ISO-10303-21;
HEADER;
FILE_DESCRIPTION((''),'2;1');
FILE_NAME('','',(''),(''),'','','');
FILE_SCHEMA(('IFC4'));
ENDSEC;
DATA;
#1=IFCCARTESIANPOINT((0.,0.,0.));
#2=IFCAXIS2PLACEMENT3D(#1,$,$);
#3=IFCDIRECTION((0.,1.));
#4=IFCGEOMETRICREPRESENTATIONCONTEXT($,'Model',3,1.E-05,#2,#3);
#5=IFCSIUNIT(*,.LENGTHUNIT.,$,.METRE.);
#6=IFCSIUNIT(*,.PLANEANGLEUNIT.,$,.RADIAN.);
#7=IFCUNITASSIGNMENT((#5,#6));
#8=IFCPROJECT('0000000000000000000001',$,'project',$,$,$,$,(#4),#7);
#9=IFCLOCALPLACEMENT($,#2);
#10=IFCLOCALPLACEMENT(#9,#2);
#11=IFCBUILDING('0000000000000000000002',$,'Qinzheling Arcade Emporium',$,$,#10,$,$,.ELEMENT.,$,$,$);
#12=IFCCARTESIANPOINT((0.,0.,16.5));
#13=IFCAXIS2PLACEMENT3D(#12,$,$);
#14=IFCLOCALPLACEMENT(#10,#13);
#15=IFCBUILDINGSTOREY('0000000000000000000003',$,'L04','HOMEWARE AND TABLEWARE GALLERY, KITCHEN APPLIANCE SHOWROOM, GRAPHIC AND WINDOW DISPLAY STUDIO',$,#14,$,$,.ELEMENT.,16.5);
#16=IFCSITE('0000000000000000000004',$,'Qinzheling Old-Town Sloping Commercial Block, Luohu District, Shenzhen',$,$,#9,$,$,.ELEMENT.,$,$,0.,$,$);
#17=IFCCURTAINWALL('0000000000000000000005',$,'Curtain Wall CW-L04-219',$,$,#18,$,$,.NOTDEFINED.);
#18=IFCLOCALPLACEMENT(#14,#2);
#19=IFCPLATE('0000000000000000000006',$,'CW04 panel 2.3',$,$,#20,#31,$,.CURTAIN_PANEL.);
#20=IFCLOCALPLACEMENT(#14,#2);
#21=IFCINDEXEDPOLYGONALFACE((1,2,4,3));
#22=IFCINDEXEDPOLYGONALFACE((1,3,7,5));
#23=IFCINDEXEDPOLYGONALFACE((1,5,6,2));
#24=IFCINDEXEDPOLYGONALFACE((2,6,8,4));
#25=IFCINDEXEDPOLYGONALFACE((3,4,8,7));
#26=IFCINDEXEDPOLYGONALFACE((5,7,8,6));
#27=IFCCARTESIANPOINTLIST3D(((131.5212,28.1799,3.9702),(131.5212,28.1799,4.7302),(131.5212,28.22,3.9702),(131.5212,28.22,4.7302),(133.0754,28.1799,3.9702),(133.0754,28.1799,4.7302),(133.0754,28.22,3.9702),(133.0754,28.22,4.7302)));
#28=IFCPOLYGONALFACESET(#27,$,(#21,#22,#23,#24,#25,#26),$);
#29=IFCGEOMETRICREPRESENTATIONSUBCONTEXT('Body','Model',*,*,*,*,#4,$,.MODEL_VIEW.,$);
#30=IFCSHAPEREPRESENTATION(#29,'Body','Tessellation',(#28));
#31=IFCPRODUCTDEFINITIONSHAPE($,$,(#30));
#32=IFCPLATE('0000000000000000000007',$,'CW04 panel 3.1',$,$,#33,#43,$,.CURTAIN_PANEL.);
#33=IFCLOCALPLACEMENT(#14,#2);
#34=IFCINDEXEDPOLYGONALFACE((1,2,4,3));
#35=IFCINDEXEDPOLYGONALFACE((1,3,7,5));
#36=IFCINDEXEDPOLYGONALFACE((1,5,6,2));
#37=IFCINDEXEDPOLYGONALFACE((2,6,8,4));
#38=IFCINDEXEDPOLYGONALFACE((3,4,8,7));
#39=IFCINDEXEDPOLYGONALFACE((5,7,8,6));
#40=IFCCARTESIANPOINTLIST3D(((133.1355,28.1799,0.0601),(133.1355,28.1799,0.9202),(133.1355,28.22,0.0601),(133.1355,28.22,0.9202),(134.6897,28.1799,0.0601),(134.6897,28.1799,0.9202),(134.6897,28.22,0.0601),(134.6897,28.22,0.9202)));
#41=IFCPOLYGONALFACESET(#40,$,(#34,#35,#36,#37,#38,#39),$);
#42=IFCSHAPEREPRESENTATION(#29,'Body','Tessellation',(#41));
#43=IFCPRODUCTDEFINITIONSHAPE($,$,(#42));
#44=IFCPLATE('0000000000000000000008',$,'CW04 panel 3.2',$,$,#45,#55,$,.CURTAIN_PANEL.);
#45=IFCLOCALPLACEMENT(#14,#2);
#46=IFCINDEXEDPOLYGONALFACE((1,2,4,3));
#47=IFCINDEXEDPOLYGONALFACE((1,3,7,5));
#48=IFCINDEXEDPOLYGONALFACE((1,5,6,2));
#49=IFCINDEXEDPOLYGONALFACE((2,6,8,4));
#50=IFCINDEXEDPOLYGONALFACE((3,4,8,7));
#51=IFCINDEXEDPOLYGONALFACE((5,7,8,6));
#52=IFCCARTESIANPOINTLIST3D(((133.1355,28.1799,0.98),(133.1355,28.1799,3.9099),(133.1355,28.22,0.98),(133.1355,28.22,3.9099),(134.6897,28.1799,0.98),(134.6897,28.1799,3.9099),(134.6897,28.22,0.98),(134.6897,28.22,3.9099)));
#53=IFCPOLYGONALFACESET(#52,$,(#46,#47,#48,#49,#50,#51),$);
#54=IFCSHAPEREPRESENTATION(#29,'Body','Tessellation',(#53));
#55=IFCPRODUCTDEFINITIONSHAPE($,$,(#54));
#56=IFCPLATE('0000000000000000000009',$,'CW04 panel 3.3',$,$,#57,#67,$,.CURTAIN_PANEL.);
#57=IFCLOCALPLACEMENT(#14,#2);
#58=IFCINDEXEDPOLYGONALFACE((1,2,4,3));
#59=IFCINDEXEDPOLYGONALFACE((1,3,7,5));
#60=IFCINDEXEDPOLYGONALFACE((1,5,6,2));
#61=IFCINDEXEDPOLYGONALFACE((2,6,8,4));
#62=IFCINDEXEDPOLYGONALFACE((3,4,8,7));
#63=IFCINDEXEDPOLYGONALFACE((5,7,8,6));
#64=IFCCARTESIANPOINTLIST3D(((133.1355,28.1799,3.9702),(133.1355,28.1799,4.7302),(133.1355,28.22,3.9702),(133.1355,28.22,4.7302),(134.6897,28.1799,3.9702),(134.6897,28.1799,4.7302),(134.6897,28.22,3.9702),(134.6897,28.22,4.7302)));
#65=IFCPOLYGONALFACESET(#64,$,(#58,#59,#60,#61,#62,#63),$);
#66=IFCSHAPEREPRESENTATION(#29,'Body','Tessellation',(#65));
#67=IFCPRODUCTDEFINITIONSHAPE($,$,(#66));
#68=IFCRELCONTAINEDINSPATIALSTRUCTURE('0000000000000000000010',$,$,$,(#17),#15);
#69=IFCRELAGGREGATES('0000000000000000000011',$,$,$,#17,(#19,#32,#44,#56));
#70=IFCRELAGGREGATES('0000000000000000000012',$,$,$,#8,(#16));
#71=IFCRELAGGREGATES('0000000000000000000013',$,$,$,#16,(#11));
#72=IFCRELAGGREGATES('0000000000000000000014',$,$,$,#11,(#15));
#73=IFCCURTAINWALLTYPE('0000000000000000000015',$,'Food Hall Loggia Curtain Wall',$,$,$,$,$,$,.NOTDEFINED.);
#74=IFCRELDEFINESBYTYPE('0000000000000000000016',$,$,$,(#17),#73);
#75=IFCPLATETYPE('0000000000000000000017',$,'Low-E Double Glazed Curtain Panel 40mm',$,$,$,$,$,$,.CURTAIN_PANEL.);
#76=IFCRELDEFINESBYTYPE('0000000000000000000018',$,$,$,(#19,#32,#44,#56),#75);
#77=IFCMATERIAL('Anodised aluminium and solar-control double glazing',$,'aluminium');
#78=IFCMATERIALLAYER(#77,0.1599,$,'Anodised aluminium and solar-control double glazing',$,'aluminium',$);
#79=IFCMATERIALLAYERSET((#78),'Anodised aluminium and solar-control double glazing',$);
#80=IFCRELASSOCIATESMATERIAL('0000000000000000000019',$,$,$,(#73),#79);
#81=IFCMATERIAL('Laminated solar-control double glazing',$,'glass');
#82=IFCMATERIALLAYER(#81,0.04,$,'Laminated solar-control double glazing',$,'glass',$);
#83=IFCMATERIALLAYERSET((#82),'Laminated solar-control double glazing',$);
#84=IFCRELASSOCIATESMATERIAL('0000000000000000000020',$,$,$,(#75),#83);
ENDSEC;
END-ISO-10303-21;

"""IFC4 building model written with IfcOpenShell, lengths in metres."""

from ifc_helpers import new_model, si_unit, direction, frame, origin, origin_2d, place, context, subcontext, project, spatial, rectangle, extrude, material, layer, layer_set, type_object, element, aggregate, save


model = new_model("IFC4")

# Units and contexts
model_context = context("Model", 3, precision=1e-05, world=origin(), true_north=direction((0.0, 1.0)))
body_context = subcontext(model_context, "Body", "Model", "MODEL_VIEW")
ifc_project = project(units=[si_unit("LENGTHUNIT", "METRE"), si_unit("PLANEANGLEUNIT", "RADIAN")], contexts=[model_context])

# Site, building, storey
site_placement = place(None, origin())
site = spatial("IfcSite", under=ifc_project, at=site_placement, Name="Qinzheling Old-Town Sloping Commercial Block, Luohu District, Shenzhen", CompositionType="ELEMENT", RefElevation=0.0)
building_placement = place(site_placement, origin())
building = spatial("IfcBuilding", under=site, at=building_placement, Name="Qinzheling Arcade Emporium", CompositionType="ELEMENT")
storey_placement = place(building_placement, frame((0.0, 0.0, 16.5)))
storey = spatial("IfcBuildingStorey", under=building, at=storey_placement, Name="L04", Description="HOMEWARE AND TABLEWARE GALLERY, KITCHEN APPLIANCE SHOWROOM, GRAPHIC AND WINDOW DISPLAY STUDIO", CompositionType="ELEMENT", Elevation=16.5)

# Curtain wall
ifc_material_1 = material(Name="Anodised aluminium and solar-control double glazing", Category="aluminium")
ifc_layer_1 = layer(ifc_material_1, 0.1599, Name="Anodised aluminium and solar-control double glazing", Category="aluminium")
ifc_layer_set_1 = layer_set([ifc_layer_1], Name="Anodised aluminium and solar-control double glazing")
curtain_wall_type = type_object("IfcCurtainWallType", Name="Food Hall Loggia Curtain Wall", PredefinedType="NOTDEFINED", material=ifc_layer_set_1)
curtain_wall_placement = place(storey_placement, origin())
curtain_wall = element("IfcCurtainWall", 1, at=curtain_wall_placement, inside=storey, type_object=curtain_wall_type, Name="Curtain Wall CW-L04-219", PredefinedType="NOTDEFINED")

# Plates
ifc_material_2 = material(Name="Laminated solar-control double glazing", Category="glass")
ifc_layer_2 = layer(ifc_material_2, 0.04, Name="Laminated solar-control double glazing", Category="glass")
ifc_layer_set_2 = layer_set([ifc_layer_2], Name="Laminated solar-control double glazing")
plate_type = type_object("IfcPlateType", Name="Low-E Double Glazed Curtain Panel 40mm", PredefinedType="CURTAIN_PANEL", material=ifc_layer_set_2)
plate_1_placement = place(storey_placement, frame((132.2983, 28.2, 3.9702), z_axis=(0.0, 0.0, 1.0), x_axis=(1.0, 0.0, 0.0)))
plate_1 = element("IfcPlate", 2, at=plate_1_placement, type_object=plate_type, Name="CW04 panel 2.3", PredefinedType="CURTAIN_PANEL", context=body_context, shape_type="SweptSolid", body=[
    extrude(rectangle(XDim=1.5542, YDim=0.04, at=origin_2d()), origin(), (0.0, 0.0, 1.0), 0.76),
])
plate_2_placement = place(storey_placement, frame((133.9126, 28.2, 0.0601), z_axis=(0.0, 0.0, 1.0), x_axis=(1.0, 0.0, 0.0)))
plate_2 = element("IfcPlate", 3, at=plate_2_placement, type_object=plate_type, Name="CW04 panel 3.1", PredefinedType="CURTAIN_PANEL", context=body_context, shape_type="SweptSolid", body=[
    extrude(rectangle(XDim=1.5542, YDim=0.04, at=origin_2d()), origin(), (0.0, 0.0, 1.0), 0.8601),
])
plate_3_placement = place(storey_placement, frame((133.9126, 28.2, 0.98), z_axis=(0.0, 0.0, 1.0), x_axis=(1.0, 0.0, 0.0)))
plate_3 = element("IfcPlate", 4, at=plate_3_placement, type_object=plate_type, Name="CW04 panel 3.2", PredefinedType="CURTAIN_PANEL", context=body_context, shape_type="SweptSolid", body=[
    extrude(rectangle(XDim=1.5542, YDim=0.04, at=origin_2d()), origin(), (0.0, 0.0, 1.0), 2.9299),
])
plate_4_placement = place(storey_placement, frame((133.9126, 28.2, 3.9702), z_axis=(0.0, 0.0, 1.0), x_axis=(1.0, 0.0, 0.0)))
plate_4 = element("IfcPlate", 5, at=plate_4_placement, type_object=plate_type, Name="CW04 panel 3.3", PredefinedType="CURTAIN_PANEL", context=body_context, shape_type="SweptSolid", body=[
    extrude(rectangle(XDim=1.5542, YDim=0.04, at=origin_2d()), origin(), (0.0, 0.0, 1.0), 0.76),
])
aggregate(curtain_wall, [plate_1, plate_2, plate_3, plate_4])

save(model, "model.ifc")
